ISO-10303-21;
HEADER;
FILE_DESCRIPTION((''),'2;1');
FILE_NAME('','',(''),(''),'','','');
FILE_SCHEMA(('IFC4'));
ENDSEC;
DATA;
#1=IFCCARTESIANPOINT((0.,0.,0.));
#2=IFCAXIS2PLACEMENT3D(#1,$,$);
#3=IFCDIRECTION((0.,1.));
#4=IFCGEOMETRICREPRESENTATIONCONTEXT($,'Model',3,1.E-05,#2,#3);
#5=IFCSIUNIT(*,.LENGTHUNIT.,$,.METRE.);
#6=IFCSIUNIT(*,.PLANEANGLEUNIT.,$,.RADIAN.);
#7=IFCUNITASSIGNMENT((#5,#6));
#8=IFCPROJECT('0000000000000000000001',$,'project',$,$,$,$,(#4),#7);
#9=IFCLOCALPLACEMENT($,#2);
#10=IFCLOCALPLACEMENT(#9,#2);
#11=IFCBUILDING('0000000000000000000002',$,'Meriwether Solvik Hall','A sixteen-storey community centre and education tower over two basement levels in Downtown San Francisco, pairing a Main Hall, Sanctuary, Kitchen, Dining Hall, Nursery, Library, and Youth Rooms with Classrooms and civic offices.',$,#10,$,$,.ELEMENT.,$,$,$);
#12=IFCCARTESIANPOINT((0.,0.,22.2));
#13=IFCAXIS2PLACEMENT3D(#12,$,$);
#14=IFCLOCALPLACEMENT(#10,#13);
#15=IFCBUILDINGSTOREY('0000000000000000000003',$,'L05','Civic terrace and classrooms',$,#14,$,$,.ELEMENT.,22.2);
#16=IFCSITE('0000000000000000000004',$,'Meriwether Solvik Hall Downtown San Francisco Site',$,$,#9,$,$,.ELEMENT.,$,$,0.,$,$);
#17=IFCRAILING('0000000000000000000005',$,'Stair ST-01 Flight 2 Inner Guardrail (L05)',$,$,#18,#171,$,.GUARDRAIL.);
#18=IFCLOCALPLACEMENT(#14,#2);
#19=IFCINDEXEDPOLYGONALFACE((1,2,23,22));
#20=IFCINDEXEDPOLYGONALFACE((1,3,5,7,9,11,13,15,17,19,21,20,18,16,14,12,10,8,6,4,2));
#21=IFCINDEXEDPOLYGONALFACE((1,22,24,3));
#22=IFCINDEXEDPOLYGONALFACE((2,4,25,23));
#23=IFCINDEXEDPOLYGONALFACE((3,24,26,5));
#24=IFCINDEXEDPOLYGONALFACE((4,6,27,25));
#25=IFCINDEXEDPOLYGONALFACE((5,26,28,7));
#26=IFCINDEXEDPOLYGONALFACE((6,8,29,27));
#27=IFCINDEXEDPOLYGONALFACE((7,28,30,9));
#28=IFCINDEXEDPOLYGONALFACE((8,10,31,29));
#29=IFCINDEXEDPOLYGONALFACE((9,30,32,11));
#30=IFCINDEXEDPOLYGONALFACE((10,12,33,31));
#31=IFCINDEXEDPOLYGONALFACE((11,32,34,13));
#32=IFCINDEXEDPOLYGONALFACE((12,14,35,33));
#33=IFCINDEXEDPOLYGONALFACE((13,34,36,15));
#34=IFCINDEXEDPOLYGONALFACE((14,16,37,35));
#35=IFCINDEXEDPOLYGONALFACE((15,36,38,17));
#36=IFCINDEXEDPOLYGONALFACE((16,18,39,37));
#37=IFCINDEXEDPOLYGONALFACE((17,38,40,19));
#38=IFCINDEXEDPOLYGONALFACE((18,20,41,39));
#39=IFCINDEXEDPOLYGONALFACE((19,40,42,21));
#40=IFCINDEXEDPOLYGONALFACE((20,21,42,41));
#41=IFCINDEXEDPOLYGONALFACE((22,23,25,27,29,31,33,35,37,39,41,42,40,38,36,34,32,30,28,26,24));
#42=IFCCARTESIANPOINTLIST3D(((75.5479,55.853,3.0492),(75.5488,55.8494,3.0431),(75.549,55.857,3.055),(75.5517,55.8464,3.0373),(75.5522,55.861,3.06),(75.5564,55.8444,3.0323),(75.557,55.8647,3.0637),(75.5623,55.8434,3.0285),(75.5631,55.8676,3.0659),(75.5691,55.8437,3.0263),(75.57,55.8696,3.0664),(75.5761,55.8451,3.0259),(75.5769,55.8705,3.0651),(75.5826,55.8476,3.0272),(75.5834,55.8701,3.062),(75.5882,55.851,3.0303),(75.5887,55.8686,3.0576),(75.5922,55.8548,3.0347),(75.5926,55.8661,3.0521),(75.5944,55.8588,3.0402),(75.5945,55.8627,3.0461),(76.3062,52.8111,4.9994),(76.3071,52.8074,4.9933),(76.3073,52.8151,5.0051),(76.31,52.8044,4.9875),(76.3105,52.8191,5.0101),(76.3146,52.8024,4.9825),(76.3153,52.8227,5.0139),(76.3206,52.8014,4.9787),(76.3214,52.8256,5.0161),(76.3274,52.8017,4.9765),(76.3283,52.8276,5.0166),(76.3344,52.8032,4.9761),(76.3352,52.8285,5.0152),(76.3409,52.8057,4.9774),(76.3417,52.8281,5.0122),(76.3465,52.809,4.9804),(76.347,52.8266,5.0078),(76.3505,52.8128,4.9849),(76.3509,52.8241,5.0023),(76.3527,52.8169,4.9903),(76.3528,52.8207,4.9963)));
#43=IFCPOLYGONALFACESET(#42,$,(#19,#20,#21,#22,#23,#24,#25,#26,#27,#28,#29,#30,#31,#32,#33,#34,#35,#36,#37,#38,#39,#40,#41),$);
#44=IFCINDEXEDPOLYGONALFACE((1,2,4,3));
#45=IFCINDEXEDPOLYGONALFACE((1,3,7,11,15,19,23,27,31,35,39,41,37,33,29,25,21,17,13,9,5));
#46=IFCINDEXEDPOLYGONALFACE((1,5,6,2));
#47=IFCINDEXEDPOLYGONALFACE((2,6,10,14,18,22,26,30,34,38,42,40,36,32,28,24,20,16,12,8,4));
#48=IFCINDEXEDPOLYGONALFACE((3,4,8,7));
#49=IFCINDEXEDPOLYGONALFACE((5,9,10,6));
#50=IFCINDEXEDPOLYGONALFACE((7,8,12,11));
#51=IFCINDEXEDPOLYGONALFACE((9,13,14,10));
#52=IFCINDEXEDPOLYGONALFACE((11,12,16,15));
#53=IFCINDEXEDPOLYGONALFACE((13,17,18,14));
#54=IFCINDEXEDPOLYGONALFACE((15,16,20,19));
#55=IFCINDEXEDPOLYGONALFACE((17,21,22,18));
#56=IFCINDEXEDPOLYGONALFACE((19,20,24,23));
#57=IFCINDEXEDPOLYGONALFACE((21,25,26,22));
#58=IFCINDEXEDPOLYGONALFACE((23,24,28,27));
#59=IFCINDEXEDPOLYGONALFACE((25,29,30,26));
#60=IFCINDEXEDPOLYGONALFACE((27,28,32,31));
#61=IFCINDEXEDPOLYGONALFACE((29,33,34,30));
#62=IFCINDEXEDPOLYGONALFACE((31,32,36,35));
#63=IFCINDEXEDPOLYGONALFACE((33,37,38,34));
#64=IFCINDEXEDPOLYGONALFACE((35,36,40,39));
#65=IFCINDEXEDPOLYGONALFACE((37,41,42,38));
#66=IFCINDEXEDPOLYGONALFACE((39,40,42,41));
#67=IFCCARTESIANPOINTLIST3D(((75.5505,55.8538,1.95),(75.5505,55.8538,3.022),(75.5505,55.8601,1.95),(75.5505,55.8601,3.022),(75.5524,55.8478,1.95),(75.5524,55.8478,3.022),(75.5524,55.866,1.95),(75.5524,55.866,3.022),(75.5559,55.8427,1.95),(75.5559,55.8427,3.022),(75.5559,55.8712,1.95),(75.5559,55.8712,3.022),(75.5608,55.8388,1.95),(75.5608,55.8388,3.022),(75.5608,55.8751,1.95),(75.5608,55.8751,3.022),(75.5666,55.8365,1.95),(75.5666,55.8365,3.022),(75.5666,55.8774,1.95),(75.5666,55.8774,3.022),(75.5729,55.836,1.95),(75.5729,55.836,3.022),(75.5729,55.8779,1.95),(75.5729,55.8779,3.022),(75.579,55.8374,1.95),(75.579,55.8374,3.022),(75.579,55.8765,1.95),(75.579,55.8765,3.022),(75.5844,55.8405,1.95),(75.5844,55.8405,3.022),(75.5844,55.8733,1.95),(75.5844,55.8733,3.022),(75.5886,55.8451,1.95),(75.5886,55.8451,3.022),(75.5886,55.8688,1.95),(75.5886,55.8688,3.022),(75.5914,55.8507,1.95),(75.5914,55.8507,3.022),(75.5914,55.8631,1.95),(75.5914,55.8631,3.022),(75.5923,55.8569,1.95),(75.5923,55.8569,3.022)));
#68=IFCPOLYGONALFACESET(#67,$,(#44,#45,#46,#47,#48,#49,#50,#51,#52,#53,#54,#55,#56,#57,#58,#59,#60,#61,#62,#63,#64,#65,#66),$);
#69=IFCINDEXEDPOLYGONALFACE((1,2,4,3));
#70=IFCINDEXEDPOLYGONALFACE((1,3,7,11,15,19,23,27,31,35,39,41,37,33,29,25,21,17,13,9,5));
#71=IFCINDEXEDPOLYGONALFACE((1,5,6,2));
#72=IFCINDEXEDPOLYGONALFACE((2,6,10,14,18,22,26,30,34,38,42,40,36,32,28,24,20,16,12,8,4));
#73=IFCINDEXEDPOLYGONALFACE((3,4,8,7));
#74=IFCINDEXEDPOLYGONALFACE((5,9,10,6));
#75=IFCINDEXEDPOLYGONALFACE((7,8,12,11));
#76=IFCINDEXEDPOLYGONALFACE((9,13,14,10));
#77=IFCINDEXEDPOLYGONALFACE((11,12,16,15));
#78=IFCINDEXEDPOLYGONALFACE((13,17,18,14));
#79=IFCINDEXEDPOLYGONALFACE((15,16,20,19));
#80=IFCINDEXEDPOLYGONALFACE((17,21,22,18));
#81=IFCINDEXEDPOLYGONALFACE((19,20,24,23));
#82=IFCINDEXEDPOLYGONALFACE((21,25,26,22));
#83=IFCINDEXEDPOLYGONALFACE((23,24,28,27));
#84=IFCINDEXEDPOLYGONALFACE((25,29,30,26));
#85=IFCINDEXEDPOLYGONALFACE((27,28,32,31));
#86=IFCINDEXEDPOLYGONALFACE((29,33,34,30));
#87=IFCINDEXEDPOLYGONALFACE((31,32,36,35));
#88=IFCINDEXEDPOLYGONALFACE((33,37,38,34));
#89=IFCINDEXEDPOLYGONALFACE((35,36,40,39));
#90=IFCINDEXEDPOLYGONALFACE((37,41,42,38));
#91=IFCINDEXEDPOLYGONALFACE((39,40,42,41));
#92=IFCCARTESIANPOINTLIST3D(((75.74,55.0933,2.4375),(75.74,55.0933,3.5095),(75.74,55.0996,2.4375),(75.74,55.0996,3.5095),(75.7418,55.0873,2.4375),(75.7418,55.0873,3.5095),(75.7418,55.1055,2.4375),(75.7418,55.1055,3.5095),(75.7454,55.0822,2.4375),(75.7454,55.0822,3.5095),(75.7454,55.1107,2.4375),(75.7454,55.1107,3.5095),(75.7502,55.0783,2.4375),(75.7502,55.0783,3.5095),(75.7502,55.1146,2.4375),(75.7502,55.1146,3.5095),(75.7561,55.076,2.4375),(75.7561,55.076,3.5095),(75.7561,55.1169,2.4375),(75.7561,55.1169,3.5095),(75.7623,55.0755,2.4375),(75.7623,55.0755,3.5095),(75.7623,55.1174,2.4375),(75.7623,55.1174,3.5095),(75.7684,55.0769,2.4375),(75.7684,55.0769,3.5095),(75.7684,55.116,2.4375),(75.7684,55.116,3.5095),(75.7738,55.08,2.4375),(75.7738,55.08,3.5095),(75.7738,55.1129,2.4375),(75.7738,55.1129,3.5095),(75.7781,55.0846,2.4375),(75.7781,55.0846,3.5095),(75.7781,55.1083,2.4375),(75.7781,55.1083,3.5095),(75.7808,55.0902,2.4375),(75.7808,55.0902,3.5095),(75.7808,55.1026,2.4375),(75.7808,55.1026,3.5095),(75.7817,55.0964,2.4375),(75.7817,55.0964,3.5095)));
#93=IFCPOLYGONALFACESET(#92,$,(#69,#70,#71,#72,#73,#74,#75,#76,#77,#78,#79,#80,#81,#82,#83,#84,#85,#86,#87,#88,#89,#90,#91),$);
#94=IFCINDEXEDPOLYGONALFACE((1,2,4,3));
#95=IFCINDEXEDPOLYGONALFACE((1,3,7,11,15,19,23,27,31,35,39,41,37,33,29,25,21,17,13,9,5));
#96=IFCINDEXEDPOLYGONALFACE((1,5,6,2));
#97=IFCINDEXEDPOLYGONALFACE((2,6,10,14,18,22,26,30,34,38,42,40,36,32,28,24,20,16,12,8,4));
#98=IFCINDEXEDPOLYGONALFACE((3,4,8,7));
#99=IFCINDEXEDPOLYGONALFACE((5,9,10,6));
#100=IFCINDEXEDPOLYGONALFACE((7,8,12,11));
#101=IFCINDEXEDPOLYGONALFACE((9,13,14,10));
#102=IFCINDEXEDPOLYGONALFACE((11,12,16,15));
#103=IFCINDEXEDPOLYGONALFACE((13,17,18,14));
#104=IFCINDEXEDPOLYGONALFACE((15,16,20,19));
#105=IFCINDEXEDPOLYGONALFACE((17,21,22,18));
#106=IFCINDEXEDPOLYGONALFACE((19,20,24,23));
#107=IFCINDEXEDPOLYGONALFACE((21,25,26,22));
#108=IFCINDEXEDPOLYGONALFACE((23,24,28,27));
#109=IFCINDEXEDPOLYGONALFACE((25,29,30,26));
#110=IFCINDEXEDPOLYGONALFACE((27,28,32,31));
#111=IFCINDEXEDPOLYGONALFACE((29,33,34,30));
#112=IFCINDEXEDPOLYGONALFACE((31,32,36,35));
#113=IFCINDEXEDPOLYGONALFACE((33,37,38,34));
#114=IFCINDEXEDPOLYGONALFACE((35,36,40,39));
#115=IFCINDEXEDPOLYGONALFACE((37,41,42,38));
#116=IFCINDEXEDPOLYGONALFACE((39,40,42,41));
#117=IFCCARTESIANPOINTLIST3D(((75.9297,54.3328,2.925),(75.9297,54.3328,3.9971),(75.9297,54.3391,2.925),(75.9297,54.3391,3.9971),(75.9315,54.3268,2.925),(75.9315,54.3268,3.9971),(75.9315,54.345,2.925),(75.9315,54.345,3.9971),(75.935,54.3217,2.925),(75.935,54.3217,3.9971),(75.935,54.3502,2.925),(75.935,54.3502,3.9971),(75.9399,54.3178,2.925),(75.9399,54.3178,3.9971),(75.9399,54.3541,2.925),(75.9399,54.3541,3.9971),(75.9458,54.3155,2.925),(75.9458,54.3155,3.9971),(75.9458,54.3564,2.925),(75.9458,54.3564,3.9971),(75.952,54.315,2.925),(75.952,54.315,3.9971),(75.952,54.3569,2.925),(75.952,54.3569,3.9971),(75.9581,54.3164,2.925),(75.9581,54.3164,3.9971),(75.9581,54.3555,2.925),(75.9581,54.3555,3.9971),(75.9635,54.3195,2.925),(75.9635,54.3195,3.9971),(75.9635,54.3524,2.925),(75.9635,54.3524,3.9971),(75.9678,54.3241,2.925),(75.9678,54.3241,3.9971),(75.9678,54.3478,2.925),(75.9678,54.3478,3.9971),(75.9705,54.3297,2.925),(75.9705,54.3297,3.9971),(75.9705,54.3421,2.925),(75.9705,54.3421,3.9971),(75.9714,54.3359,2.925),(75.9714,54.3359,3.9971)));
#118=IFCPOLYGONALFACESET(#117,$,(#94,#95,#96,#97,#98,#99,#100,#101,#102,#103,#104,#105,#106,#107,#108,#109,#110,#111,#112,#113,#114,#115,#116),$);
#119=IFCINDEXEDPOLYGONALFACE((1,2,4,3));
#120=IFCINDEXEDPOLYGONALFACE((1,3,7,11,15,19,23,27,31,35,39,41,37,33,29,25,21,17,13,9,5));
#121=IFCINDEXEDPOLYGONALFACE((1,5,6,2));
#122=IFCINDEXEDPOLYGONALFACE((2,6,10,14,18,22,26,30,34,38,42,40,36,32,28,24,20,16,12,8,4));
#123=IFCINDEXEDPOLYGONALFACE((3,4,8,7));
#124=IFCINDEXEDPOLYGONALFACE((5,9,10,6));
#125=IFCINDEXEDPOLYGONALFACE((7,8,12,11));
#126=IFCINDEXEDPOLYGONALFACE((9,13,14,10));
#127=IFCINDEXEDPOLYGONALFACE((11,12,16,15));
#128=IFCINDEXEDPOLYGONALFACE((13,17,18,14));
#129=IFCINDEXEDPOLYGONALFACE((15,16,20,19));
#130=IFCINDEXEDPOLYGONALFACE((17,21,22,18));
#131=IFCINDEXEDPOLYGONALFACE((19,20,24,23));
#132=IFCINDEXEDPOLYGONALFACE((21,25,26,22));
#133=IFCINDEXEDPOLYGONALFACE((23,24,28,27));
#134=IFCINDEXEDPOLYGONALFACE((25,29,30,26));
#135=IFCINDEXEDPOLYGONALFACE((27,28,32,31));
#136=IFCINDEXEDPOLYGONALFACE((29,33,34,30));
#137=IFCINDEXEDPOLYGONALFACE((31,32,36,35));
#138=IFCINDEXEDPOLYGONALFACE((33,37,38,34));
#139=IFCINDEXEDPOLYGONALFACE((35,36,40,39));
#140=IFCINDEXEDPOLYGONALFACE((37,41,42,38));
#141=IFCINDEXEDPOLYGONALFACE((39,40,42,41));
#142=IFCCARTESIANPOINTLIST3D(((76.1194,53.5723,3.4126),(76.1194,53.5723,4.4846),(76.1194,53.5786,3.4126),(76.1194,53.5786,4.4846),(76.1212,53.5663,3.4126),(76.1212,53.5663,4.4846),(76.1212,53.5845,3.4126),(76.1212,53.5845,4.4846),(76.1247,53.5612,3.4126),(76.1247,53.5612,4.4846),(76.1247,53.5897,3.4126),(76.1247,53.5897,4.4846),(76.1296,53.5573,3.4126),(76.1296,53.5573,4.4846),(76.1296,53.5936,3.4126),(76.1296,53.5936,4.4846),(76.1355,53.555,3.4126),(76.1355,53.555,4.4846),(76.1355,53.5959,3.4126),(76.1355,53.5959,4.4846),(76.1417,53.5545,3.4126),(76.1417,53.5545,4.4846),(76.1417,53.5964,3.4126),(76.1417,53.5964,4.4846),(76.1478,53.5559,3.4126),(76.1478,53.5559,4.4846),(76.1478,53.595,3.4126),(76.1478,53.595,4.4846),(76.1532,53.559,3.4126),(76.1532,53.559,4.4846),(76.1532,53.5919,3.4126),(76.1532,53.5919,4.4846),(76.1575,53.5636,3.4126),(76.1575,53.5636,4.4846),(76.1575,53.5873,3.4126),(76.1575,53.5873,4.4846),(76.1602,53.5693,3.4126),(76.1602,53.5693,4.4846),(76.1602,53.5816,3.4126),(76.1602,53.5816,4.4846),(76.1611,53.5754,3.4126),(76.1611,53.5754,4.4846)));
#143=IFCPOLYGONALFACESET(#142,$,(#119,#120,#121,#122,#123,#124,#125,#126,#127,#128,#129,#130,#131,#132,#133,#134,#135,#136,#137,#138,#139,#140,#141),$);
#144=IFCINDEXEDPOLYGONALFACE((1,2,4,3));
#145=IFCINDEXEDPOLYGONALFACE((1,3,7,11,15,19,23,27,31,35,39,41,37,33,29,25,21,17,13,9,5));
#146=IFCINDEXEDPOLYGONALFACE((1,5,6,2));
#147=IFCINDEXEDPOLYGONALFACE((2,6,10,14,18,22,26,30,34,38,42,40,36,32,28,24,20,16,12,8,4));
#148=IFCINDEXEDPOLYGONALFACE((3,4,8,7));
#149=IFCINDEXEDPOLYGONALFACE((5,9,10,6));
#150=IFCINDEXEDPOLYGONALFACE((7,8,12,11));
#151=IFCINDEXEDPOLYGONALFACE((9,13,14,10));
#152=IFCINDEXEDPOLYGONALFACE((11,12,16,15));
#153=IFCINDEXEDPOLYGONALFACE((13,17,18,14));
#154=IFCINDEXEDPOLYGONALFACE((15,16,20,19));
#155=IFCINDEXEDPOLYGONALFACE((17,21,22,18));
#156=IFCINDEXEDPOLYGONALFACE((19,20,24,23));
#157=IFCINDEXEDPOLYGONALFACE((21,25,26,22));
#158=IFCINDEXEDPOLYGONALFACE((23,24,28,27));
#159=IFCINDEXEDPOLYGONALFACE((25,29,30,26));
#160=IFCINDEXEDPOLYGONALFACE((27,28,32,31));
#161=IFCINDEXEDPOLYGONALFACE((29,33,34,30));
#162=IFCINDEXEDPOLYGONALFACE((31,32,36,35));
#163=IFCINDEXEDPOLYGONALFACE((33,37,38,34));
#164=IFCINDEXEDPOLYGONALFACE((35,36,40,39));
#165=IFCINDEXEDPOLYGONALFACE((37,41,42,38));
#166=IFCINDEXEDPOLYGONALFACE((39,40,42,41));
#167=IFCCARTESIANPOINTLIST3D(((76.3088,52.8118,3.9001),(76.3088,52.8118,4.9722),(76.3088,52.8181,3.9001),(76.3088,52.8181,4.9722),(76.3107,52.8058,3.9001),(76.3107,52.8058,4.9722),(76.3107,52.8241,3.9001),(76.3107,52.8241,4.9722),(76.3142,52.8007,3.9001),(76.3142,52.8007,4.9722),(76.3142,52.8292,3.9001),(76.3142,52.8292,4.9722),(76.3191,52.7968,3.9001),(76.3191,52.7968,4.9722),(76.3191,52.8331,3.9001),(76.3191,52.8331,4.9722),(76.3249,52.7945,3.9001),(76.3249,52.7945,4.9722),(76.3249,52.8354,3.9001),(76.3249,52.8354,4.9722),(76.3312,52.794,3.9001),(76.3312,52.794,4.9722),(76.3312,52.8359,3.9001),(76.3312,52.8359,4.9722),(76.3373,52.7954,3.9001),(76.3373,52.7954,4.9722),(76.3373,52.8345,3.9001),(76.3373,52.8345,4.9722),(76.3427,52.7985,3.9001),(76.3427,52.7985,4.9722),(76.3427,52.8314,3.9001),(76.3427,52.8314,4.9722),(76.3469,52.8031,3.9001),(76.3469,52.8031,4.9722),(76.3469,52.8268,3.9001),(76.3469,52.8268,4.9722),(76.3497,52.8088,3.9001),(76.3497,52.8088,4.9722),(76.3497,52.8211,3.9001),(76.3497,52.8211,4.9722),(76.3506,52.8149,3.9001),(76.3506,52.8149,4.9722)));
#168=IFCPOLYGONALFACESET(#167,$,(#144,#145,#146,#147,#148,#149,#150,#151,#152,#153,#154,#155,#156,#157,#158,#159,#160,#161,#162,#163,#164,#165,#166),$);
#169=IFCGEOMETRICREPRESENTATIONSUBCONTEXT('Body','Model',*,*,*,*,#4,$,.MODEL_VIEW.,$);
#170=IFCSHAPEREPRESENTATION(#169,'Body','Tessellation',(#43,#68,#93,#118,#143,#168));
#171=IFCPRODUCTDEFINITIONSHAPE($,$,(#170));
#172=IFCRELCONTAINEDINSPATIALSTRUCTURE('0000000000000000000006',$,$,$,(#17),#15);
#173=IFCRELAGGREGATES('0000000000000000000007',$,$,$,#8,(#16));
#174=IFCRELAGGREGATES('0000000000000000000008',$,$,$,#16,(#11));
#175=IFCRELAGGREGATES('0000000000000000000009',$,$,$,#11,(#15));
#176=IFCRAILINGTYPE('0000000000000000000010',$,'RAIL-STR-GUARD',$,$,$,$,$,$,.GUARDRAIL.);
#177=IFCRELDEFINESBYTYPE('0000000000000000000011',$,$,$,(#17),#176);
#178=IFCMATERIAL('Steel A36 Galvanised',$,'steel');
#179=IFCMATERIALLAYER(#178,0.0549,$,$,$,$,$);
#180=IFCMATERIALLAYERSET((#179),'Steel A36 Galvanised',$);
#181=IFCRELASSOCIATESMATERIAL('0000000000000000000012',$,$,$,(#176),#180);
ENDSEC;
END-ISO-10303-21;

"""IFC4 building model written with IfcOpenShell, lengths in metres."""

from ifc_helpers import new_model, si_unit, direction, frame, origin, origin_2d, place, context, subcontext, project, spatial, circle, extrude, material, layer, layer_set, type_object, element, save


model = new_model("IFC4")

# Units and contexts
model_context = context("Model", 3, precision=1e-05, world=origin(), true_north=direction((0.0, 1.0)))
body_context = subcontext(model_context, "Body", "Model", "MODEL_VIEW")
ifc_project = project(units=[si_unit("LENGTHUNIT", "METRE"), si_unit("PLANEANGLEUNIT", "RADIAN")], contexts=[model_context])

# Site, building, storey
site_placement = place(None, origin())
site = spatial("IfcSite", under=ifc_project, at=site_placement, Name="Meriwether Solvik Hall Downtown San Francisco Site", CompositionType="ELEMENT", RefElevation=0.0)
building_placement = place(site_placement, origin())
building = spatial("IfcBuilding", under=site, at=building_placement, Name="Meriwether Solvik Hall", Description="A sixteen-storey community centre and education tower over two basement levels in Downtown San Francisco, pairing a Main Hall, Sanctuary, Kitchen, Dining Hall, Nursery, Library, and Youth Rooms with Classrooms and civic offices.", CompositionType="ELEMENT")
storey_placement = place(building_placement, frame((0.0, 0.0, 22.2)))
storey = spatial("IfcBuildingStorey", under=building, at=storey_placement, Name="L05", Description="Civic terrace and classrooms", CompositionType="ELEMENT", Elevation=22.2)

# Railing
ifc_material_1 = material(Name="Steel A36 Galvanised", Category="steel")
ifc_layer_1 = layer(ifc_material_1, 0.0549)
ifc_layer_set_1 = layer_set([ifc_layer_1], Name="Steel A36 Galvanised")
railing_type_1 = type_object("IfcRailingType", Name="RAIL-STR-GUARD", PredefinedType="GUARDRAIL", material=ifc_layer_set_1)
railing_1_placement = place(storey_placement, frame((75.5713, 55.8569, 1.95)))
element("IfcRailing", 1, at=railing_1_placement, inside=storey, type_object=railing_type_1, Name="Stair ST-01 Flight 2 Inner Guardrail (L05)", PredefinedType="GUARDRAIL", context=body_context, shape_type="SweptSolid", body=[
    extrude(circle(Radius=0.0239, at=origin_2d()), frame((0.0, 0.0, 1.0962), z_axis=(0.205382, -0.823907, 0.5282), x_axis=(0.970307, 0.241876, 0.0)), (0.0, 0.0, 1.0), 3.6921),
    extrude(circle(Radius=0.021, at=origin_2d()), origin(), (0.0, 0.0, 1.0), 1.072),
    extrude(circle(Radius=0.021, at=origin_2d()), frame((0.1895, -0.7605, 0.4875)), (0.0, 0.0, 1.0), 1.072),
    extrude(circle(Radius=0.021, at=origin_2d()), frame((0.3792, -1.521, 0.9751)), (0.0, 0.0, 1.0), 1.072),
    extrude(circle(Radius=0.021, at=origin_2d()), frame((0.5688, -2.2815, 1.4626)), (0.0, 0.0, 1.0), 1.072),
    extrude(circle(Radius=0.021, at=origin_2d()), frame((0.7583, -3.042, 1.9502)), (0.0, 0.0, 1.0), 1.072),
])

save(model, "model.ifc")
